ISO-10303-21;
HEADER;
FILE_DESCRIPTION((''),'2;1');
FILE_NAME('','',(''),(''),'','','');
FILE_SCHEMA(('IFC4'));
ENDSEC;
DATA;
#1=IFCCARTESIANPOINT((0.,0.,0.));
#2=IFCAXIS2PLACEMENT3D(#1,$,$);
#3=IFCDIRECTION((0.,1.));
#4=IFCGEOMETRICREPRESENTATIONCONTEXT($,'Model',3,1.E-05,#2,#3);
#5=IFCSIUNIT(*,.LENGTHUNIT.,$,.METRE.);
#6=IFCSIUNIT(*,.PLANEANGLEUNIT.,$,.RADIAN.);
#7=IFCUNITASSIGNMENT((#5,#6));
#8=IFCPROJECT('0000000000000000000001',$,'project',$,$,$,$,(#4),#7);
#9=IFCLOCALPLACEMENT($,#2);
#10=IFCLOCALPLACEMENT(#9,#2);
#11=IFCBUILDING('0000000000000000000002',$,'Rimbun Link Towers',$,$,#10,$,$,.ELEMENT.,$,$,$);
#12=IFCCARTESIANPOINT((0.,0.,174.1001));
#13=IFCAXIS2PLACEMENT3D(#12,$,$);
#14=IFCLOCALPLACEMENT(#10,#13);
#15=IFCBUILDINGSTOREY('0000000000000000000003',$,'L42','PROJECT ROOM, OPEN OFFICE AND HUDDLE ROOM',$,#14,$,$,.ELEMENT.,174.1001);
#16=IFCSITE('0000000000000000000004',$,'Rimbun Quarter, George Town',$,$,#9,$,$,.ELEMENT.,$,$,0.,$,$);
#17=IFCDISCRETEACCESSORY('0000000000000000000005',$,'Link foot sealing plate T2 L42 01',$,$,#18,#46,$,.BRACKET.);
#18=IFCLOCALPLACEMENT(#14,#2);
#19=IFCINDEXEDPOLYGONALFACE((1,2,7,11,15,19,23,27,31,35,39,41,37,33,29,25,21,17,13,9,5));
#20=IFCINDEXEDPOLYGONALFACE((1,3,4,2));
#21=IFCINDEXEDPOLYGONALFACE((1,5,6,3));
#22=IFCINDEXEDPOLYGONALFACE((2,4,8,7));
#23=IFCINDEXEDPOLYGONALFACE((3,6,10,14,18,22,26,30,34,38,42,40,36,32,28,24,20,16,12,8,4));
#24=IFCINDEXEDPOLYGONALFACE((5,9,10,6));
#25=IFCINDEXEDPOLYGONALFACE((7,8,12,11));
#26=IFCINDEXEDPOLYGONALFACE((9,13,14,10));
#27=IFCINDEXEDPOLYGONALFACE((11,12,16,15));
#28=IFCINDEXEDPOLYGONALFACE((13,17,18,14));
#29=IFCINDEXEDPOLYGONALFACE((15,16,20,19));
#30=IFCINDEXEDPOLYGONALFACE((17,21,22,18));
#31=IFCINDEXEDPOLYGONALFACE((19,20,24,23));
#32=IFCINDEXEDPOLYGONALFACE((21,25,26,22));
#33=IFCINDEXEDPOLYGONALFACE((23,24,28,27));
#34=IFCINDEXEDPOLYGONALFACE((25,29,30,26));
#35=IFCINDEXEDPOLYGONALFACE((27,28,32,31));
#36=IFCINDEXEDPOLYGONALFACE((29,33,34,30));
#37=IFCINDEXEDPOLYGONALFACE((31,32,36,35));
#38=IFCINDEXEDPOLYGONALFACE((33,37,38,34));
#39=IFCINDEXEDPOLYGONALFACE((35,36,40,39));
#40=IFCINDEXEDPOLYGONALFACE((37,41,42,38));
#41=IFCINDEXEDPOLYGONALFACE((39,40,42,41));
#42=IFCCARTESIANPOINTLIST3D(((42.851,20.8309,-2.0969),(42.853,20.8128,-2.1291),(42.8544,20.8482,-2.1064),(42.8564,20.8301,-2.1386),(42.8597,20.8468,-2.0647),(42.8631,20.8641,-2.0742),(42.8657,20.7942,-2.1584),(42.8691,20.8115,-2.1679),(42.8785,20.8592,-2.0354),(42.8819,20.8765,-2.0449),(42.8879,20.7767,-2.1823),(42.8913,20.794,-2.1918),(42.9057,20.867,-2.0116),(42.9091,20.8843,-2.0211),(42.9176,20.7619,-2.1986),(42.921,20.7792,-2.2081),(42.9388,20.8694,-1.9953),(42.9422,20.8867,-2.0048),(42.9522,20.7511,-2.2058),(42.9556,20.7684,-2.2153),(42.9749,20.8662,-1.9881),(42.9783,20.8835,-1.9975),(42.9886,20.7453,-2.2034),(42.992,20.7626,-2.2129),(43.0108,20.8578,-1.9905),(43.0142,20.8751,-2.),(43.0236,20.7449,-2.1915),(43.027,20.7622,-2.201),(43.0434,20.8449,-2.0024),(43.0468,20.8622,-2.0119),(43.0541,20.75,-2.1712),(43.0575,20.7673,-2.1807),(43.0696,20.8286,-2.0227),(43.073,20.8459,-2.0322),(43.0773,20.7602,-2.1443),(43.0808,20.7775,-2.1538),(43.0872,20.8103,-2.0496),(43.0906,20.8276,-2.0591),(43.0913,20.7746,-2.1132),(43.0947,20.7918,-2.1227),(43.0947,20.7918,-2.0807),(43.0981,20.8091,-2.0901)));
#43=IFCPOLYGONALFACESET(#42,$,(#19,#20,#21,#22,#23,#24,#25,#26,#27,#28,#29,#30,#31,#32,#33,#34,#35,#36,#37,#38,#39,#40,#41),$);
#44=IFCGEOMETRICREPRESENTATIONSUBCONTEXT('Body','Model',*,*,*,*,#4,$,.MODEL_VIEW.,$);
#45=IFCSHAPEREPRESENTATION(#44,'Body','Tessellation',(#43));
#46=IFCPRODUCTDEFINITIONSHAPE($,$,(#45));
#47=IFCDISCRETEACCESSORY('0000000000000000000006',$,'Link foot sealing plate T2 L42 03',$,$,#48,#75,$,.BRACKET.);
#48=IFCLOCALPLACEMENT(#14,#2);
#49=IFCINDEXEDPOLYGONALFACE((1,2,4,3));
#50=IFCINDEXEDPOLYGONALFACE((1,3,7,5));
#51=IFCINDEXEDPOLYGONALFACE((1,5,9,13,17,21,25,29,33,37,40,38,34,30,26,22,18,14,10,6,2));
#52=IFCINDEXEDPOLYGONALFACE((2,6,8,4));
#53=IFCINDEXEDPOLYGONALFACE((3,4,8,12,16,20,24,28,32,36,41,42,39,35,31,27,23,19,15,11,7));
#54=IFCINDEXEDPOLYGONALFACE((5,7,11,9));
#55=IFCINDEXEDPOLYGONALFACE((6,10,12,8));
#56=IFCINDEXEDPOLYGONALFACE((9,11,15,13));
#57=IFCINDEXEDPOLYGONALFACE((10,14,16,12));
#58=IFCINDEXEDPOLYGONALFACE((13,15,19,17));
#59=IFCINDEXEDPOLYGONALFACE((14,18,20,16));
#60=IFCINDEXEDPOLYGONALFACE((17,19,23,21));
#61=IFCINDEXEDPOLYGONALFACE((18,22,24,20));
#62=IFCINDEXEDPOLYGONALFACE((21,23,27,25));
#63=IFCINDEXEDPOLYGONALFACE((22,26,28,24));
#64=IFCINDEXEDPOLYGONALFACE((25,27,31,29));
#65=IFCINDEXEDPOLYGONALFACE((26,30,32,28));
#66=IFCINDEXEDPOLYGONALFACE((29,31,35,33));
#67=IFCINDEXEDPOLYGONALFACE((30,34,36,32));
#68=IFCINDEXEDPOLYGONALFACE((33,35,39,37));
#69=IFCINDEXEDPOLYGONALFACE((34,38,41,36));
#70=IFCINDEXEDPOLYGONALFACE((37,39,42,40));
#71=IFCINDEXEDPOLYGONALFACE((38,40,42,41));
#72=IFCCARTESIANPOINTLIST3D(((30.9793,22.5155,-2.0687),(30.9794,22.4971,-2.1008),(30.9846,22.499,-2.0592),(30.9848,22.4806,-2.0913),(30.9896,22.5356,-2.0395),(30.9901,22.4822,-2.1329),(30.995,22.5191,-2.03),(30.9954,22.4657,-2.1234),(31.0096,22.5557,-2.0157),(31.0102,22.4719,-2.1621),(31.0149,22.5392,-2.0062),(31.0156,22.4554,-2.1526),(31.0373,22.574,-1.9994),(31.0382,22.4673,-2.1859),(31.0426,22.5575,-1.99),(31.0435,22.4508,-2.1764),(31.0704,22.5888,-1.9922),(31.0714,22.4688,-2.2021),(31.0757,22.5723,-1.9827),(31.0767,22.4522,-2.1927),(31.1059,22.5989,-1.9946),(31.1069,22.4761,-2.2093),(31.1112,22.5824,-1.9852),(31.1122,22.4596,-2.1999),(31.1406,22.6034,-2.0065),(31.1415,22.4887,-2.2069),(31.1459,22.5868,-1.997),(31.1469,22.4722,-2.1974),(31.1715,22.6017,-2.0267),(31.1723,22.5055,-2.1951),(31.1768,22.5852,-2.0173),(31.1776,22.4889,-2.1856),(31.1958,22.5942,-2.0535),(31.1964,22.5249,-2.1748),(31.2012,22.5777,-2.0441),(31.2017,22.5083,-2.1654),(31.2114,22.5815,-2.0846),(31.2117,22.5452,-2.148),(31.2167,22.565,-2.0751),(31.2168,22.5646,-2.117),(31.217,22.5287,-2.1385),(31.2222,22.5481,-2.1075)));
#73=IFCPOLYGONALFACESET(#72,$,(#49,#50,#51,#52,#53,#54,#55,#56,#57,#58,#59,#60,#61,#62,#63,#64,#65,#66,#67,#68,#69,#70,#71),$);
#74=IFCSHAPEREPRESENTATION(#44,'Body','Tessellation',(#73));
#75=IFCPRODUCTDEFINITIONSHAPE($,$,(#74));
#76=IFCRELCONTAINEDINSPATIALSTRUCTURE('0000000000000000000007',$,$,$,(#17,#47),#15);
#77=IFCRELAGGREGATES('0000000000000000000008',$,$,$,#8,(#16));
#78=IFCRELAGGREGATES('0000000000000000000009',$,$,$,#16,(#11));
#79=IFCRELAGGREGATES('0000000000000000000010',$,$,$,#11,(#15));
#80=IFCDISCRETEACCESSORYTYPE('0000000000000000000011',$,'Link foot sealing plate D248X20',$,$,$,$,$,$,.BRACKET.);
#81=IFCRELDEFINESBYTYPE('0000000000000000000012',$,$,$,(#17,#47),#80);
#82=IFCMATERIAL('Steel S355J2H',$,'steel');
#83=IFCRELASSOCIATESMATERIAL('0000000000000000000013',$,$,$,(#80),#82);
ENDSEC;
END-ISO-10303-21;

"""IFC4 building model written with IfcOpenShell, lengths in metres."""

from ifc_helpers import new_model, si_unit, direction, frame, origin, origin_2d, place, context, subcontext, project, spatial, circle, extrude, material, material_profile, profile_set, type_object, element, save


model = new_model("IFC4")

# Units and contexts
model_context = context("Model", 3, precision=1e-05, world=origin(), true_north=direction((0.0, 1.0)))
body_context = subcontext(model_context, "Body", "Model", "MODEL_VIEW")
ifc_project = project(units=[si_unit("LENGTHUNIT", "METRE"), si_unit("PLANEANGLEUNIT", "RADIAN")], contexts=[model_context])

# Site, building, storey
site_placement = place(None, origin())
site = spatial("IfcSite", under=ifc_project, at=site_placement, Name="Rimbun Quarter, George Town", CompositionType="ELEMENT", RefElevation=0.0)
building_placement = place(site_placement, origin())
building = spatial("IfcBuilding", under=site, at=building_placement, Name="Rimbun Link Towers", CompositionType="ELEMENT")
storey_placement = place(building_placement, frame((0.0, 0.0, 174.1001)))
storey = spatial("IfcBuildingStorey", under=building, at=storey_placement, Name="L42", Description="PROJECT ROOM, OPEN OFFICE AND HUDDLE ROOM", CompositionType="ELEMENT", Elevation=174.1001)

# Discrete accessories
ifc_material_1 = material(Name="Steel S355J2H", Category="steel")
ifc_material_profile_1 = material_profile(ifc_material_1, circle(Radius=0.124, at=origin_2d()), Name="PL D248")
ifc_profile_set_1 = profile_set([ifc_material_profile_1], Name="Steel S355J2H")
discrete_accessory_type = type_object("IfcDiscreteAccessoryType", Name="Link foot sealing plate D248X20", PredefinedType="BRACKET", material=ifc_profile_set_1)
discrete_accessory_1_placement = place(storey_placement, frame((42.9727, 20.8069, -2.0969), z_axis=(0.170302, 0.863673, -0.474412), x_axis=(-0.981109, 0.193458, 0.0)))
element("IfcDiscreteAccessory", 1, at=discrete_accessory_1_placement, inside=storey, type_object=discrete_accessory_type, Name="Link foot sealing plate T2 L42 01", PredefinedType="BRACKET", context=body_context, shape_type="SweptSolid", body=[
    extrude(circle(Radius=0.124, at=origin_2d()), origin(), (0.0, 0.0, 1.0), 0.02),
])
discrete_accessory_2_placement = place(storey_placement, frame((31.1028, 22.5188, -2.0913), z_axis=(-0.270208, 0.835189, -0.479006), x_axis=(-0.951445, -0.30782, 0.0)))
element("IfcDiscreteAccessory", 2, at=discrete_accessory_2_placement, inside=storey, type_object=discrete_accessory_type, Name="Link foot sealing plate T2 L42 03", PredefinedType="BRACKET", context=body_context, shape_type="SweptSolid", body=[
    extrude(circle(Radius=0.124, at=origin_2d()), origin(), (0.0, 0.0, 1.0), 0.0198),
])

save(model, "model.ifc")
